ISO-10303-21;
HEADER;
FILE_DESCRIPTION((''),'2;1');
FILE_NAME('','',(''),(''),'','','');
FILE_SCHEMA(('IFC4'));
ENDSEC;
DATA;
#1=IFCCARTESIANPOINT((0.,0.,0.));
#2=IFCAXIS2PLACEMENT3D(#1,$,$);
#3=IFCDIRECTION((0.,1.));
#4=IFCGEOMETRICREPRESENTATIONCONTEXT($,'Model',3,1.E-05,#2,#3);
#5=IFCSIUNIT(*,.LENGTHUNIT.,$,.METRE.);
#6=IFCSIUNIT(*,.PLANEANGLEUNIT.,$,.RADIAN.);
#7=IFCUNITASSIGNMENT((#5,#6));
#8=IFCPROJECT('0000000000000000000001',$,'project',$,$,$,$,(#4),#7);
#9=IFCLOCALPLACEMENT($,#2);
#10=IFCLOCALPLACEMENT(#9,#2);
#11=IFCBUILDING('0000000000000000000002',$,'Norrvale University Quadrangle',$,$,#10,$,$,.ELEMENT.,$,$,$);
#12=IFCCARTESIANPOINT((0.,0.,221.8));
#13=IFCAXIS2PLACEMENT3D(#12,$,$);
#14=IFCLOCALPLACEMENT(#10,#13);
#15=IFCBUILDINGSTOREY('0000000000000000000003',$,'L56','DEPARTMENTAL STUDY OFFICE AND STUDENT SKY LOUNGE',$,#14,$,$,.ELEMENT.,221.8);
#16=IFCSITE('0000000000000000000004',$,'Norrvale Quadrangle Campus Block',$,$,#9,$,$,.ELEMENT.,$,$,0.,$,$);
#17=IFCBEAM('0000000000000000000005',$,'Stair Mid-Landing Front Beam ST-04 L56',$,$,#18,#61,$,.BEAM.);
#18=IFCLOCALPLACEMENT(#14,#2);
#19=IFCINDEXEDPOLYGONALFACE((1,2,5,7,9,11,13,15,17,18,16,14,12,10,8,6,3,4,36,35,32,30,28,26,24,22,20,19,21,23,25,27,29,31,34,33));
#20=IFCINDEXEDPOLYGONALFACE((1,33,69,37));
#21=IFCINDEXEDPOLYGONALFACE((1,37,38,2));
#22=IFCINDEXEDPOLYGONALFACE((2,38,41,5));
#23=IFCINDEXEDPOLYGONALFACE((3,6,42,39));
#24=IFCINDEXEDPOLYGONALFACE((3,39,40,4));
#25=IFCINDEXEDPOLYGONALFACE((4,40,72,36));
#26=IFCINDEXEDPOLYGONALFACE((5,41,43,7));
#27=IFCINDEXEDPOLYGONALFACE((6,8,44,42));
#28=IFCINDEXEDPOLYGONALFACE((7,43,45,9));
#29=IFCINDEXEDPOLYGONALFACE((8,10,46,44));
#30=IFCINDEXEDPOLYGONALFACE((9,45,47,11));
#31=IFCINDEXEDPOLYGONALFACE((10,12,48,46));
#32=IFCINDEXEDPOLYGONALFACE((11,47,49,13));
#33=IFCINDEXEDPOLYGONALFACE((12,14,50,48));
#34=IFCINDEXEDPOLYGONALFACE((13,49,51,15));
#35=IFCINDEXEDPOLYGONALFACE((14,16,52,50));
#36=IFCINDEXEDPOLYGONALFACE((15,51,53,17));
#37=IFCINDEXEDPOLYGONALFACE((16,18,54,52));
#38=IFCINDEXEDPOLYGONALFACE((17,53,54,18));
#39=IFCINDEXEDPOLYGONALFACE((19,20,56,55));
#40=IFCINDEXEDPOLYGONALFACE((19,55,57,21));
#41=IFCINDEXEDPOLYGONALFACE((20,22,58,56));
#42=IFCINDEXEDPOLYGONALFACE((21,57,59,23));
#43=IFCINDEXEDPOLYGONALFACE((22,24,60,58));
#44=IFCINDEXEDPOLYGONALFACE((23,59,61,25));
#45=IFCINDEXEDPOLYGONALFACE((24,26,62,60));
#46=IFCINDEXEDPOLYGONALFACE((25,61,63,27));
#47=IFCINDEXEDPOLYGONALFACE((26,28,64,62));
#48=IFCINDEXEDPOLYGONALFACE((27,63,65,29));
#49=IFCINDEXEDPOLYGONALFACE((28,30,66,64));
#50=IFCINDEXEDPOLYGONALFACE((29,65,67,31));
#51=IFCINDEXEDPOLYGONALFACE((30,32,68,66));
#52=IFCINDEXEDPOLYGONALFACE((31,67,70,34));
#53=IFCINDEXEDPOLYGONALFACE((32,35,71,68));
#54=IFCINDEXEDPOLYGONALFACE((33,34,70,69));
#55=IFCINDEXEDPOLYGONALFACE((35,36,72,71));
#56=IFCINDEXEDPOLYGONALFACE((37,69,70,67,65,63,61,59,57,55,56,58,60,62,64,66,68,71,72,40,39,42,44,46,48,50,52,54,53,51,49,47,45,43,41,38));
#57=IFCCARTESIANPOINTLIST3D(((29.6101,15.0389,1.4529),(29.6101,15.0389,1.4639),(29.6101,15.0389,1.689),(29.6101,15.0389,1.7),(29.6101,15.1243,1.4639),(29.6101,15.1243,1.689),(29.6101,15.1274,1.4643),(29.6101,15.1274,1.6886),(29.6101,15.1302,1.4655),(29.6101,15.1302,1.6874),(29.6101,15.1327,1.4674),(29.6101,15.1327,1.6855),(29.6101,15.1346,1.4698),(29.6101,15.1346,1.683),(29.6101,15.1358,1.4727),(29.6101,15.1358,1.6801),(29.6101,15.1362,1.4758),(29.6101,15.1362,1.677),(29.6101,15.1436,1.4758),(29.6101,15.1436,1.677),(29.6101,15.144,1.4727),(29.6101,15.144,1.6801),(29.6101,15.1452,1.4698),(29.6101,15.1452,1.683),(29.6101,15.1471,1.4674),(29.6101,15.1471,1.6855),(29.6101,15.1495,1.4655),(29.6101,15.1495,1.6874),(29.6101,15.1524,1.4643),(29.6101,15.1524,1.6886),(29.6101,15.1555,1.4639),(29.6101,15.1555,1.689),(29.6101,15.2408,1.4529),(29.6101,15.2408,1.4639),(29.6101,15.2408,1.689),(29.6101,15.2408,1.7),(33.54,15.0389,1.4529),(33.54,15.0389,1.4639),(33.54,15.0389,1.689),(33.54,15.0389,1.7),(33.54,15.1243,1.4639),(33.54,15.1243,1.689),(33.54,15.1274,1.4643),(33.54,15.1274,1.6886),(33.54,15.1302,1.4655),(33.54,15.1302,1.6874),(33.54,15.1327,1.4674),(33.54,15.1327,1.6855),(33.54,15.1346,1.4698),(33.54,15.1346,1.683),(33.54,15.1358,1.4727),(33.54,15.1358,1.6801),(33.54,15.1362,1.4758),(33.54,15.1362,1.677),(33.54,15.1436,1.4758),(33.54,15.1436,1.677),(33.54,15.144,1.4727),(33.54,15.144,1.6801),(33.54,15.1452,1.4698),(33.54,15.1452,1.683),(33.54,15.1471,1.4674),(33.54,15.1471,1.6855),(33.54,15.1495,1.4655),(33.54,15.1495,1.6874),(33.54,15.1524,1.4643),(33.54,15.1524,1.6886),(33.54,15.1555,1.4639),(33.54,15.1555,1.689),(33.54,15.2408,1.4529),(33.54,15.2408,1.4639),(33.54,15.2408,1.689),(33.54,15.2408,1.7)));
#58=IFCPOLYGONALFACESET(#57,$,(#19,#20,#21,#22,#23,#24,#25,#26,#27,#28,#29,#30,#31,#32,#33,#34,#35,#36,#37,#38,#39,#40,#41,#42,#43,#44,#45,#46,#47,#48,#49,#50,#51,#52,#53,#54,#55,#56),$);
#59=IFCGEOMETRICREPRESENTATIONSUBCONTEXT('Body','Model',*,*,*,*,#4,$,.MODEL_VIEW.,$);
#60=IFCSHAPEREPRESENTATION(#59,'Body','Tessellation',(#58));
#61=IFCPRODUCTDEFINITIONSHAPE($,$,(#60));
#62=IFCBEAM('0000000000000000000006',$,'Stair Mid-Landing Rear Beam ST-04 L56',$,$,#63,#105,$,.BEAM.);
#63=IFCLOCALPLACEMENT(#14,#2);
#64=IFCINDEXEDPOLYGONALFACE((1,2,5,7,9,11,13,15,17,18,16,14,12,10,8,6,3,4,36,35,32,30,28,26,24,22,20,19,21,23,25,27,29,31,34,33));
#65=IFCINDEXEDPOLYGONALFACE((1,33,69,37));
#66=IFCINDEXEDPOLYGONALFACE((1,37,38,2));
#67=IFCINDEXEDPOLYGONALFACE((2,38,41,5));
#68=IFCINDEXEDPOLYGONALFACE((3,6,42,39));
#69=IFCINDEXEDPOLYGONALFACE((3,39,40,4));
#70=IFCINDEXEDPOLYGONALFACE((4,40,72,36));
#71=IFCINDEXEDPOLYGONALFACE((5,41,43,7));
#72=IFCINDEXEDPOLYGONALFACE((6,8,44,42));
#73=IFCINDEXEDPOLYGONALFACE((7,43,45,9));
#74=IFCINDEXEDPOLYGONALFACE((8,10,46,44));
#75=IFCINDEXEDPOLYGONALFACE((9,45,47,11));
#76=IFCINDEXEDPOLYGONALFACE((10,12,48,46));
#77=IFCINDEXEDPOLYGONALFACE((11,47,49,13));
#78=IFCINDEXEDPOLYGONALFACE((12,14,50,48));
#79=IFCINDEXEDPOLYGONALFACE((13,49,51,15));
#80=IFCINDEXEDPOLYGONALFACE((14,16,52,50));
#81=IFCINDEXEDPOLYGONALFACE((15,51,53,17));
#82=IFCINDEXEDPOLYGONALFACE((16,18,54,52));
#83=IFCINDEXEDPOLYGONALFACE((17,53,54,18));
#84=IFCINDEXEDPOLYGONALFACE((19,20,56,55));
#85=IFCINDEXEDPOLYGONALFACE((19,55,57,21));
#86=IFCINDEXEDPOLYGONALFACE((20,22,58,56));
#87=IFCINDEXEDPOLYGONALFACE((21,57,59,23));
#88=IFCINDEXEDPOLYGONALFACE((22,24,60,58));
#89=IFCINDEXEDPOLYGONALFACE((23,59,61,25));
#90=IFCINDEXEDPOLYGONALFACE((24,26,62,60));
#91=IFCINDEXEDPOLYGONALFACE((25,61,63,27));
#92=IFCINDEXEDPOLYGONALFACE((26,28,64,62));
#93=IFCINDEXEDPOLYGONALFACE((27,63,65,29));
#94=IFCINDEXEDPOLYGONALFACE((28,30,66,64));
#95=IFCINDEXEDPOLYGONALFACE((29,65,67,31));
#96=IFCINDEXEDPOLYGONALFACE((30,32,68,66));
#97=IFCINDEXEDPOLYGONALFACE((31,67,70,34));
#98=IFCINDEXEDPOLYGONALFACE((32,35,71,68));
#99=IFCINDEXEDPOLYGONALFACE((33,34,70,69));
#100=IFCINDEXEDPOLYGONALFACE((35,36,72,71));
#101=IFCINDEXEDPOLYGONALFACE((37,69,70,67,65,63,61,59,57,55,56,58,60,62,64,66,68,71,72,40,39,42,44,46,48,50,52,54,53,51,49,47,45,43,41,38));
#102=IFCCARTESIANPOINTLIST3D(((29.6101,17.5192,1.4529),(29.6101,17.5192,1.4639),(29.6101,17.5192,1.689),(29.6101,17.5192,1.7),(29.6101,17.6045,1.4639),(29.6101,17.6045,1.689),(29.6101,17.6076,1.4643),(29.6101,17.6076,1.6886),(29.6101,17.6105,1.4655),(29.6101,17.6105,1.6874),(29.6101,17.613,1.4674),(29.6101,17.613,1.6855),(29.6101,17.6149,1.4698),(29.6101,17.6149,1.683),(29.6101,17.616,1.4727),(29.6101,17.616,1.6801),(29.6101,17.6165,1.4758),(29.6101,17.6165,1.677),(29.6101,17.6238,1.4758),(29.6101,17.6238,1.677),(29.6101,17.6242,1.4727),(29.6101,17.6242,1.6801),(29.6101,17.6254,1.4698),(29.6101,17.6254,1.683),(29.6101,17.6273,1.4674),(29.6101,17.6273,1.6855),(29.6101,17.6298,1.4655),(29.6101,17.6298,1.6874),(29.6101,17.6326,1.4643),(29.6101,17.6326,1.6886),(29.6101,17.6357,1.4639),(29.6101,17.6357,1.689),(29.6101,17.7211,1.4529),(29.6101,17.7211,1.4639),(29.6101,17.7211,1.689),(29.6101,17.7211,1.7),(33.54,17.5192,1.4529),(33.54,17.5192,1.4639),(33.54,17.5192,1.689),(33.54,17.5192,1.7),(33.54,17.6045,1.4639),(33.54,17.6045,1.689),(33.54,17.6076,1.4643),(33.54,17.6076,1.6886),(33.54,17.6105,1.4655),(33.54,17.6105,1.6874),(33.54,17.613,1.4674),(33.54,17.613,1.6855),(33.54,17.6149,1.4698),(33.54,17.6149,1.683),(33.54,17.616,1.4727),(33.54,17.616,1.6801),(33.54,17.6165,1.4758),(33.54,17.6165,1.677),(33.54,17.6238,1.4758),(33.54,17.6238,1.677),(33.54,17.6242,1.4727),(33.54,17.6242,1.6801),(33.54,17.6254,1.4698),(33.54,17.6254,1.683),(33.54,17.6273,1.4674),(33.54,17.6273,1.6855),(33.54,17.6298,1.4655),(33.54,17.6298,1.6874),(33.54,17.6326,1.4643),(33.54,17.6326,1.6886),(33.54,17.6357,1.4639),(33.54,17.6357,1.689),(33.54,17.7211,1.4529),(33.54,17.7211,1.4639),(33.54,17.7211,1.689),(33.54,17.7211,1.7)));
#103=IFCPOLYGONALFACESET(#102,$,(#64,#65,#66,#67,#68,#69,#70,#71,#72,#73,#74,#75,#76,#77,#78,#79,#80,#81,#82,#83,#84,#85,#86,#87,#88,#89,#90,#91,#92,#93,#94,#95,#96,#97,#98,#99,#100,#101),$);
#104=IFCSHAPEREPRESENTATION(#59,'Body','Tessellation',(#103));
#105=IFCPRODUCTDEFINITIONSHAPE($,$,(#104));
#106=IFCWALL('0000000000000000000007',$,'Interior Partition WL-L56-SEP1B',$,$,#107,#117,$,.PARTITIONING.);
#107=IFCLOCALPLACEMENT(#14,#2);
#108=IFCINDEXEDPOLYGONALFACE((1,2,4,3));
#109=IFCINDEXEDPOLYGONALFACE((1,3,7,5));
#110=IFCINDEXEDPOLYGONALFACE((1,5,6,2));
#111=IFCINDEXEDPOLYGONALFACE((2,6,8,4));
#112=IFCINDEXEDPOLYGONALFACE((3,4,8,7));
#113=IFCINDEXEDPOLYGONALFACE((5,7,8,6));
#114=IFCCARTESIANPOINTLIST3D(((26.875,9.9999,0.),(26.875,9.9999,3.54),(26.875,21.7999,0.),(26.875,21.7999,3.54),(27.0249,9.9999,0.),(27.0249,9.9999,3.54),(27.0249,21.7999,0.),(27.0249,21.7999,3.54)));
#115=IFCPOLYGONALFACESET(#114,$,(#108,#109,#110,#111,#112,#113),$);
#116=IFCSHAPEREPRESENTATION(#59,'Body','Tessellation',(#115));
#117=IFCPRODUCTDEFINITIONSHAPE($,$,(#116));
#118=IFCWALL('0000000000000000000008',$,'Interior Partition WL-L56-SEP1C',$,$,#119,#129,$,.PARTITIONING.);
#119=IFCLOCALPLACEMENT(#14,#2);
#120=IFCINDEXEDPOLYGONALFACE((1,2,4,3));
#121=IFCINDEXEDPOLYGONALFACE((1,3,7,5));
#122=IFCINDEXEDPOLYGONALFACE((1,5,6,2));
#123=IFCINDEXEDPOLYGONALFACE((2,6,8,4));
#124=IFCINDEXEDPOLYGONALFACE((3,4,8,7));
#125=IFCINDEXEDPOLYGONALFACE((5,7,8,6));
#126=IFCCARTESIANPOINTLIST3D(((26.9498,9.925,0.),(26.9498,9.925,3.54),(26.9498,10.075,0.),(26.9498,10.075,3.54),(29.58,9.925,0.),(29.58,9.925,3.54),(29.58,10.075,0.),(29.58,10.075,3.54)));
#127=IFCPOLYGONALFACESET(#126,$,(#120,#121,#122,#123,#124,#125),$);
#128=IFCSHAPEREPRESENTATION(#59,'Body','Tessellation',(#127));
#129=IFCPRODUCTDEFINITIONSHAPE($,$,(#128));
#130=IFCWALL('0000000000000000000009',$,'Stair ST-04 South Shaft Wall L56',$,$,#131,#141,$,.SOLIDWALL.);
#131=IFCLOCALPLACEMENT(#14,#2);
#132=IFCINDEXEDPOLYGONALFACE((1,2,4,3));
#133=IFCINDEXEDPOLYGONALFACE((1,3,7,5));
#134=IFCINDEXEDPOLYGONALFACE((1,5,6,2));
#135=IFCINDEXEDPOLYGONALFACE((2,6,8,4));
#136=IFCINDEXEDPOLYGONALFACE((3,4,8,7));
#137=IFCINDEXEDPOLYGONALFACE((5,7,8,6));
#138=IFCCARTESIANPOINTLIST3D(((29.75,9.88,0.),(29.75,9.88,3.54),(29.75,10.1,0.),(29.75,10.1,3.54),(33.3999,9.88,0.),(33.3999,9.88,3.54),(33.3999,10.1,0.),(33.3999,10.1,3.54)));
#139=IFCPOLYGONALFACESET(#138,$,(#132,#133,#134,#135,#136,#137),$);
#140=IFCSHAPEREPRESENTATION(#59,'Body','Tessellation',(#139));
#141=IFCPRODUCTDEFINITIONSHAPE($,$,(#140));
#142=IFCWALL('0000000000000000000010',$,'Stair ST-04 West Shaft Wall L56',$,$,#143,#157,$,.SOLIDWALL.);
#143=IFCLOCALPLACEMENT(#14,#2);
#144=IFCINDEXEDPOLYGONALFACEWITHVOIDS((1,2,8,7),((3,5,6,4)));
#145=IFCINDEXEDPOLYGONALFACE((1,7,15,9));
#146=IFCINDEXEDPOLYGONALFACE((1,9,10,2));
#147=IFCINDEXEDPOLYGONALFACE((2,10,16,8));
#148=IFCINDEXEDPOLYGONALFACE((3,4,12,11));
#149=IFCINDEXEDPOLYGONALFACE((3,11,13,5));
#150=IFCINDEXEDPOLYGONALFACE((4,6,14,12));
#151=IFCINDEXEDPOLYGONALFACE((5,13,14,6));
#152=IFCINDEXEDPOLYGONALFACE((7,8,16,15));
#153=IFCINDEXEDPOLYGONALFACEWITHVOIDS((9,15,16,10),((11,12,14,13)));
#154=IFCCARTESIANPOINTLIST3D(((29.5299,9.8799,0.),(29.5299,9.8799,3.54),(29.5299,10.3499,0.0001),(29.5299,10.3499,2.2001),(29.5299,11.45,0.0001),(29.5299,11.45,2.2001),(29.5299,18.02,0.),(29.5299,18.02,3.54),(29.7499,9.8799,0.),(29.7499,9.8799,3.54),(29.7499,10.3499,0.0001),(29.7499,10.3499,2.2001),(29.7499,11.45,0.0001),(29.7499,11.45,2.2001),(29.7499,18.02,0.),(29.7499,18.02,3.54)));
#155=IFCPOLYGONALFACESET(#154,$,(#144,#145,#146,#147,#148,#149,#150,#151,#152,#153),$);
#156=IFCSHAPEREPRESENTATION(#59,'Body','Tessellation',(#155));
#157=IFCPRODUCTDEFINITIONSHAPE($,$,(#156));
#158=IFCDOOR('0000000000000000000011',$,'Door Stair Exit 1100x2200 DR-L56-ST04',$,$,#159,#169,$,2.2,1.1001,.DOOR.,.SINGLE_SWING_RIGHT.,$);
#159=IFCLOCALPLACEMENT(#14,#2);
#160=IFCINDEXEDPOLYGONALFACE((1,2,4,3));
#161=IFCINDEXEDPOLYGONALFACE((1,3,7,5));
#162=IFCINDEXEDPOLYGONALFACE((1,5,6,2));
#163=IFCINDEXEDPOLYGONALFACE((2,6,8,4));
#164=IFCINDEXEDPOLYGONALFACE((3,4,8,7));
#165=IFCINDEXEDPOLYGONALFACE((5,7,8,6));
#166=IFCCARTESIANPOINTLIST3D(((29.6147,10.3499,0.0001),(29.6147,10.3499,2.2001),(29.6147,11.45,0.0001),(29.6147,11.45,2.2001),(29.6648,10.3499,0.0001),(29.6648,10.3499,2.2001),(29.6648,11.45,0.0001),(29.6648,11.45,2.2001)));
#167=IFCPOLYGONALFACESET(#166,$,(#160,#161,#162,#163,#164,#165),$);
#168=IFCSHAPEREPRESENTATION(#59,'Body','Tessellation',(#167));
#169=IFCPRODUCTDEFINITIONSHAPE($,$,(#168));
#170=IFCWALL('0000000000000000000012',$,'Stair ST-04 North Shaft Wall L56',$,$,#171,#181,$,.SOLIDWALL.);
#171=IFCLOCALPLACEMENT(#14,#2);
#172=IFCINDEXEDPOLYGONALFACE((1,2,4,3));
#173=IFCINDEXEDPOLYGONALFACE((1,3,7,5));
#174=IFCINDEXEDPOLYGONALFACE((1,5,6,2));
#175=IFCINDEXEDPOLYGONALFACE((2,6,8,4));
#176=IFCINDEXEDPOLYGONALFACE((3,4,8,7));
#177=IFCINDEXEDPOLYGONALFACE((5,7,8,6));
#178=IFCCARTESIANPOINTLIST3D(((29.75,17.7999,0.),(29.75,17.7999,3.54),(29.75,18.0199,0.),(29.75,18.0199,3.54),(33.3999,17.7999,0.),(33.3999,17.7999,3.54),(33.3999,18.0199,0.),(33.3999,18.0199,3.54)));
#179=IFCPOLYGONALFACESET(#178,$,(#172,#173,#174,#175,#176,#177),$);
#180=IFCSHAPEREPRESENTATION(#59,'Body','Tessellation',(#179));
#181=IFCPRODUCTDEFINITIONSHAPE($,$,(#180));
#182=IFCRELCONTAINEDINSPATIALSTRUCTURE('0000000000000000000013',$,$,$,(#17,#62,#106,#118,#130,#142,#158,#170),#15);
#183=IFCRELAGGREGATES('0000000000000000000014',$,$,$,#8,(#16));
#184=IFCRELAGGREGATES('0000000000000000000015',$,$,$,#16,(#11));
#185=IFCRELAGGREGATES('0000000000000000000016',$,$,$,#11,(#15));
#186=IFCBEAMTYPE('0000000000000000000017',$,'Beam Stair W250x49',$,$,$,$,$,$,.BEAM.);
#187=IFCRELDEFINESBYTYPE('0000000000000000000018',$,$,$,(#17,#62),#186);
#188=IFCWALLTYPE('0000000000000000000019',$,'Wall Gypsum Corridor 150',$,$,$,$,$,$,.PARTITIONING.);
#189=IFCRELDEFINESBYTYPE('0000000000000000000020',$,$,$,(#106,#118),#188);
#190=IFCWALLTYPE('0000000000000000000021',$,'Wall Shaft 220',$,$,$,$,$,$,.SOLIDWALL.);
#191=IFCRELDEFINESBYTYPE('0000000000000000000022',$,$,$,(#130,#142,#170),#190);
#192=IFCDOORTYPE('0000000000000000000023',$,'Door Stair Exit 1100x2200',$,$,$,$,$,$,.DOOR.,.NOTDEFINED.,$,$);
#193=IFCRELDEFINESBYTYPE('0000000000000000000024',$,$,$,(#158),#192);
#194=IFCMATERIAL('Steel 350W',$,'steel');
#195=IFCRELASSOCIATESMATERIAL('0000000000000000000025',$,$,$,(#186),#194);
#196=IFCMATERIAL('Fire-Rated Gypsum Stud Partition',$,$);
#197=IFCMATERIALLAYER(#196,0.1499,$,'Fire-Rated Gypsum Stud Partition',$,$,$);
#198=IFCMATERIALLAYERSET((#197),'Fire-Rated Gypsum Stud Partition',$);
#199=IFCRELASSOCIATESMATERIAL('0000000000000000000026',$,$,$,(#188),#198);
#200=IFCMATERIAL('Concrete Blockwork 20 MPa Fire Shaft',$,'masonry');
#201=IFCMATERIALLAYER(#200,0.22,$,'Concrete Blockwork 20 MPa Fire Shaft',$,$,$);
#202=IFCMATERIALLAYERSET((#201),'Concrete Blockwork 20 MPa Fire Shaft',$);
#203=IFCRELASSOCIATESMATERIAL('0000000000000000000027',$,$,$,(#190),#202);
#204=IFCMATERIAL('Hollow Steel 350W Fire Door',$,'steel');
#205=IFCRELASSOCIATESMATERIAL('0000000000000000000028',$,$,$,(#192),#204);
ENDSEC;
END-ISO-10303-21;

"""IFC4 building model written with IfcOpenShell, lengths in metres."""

from ifc_helpers import new_model, si_unit, direction, frame, frame_2d, origin, origin_2d, place, context, subcontext, project, spatial, rectangle, i_section, extrude, material, layer, layer_set, material_profile, profile_set, type_object, element, fill, save


model = new_model("IFC4")

# Units and contexts
model_context = context("Model", 3, precision=1e-05, world=origin(), true_north=direction((0.0, 1.0)))
body_context = subcontext(model_context, "Body", "Model", "MODEL_VIEW")
ifc_project = project(units=[si_unit("LENGTHUNIT", "METRE"), si_unit("PLANEANGLEUNIT", "RADIAN")], contexts=[model_context])

# Site, building, storey
site_placement = place(None, origin())
site = spatial("IfcSite", under=ifc_project, at=site_placement, Name="Norrvale Quadrangle Campus Block", CompositionType="ELEMENT", RefElevation=0.0)
building_placement = place(site_placement, origin())
building = spatial("IfcBuilding", under=site, at=building_placement, Name="Norrvale University Quadrangle", CompositionType="ELEMENT")
storey_placement = place(building_placement, frame((0.0, 0.0, 221.8)))
storey = spatial("IfcBuildingStorey", under=building, at=storey_placement, Name="L56", Description="DEPARTMENTAL STUDY OFFICE AND STUDENT SKY LOUNGE", CompositionType="ELEMENT", Elevation=221.8)

# Beams
ifc_material_1 = material(Name="Steel 350W", Category="steel")
ifc_material_profile_1 = material_profile(ifc_material_1, i_section(OverallWidth=0.2019, OverallDepth=0.2471, WebThickness=0.0073, FlangeThickness=0.011, FilletRadius=0.012, at=origin_2d()), Name="Steel 350W")
ifc_profile_set_1 = profile_set([ifc_material_profile_1], Name="Steel 350W")
beam_type_1 = type_object("IfcBeamType", Name="Beam Stair W250x49", PredefinedType="BEAM", material=ifc_profile_set_1)
for number, where, z_axis, x_axis, name in (
    (1, (29.6101, 15.1399, 1.5764), (1.0, 0.0, 0.0), (0.0, 1.0, 0.0), "Stair Mid-Landing Front Beam ST-04 L56"),
    (2, (29.6101, 17.6201, 1.5764), (1.0, 0.0, 0.0), (0.0, 1.0, 0.0), "Stair Mid-Landing Rear Beam ST-04 L56"),
):
    element("IfcBeam", number, at=place(storey_placement, frame(where, z_axis=z_axis, x_axis=x_axis)), inside=storey, type_object=beam_type_1, Name=name, PredefinedType="BEAM", context=body_context, shape_type="SweptSolid", body=[
        extrude(i_section(OverallWidth=0.2019, OverallDepth=0.2471, WebThickness=0.0073, FlangeThickness=0.011, FilletRadius=0.012, at=origin_2d()), origin(), (0.0, 0.0, 1.0), 3.9299),
    ])

# Walls
ifc_material_2 = material(Name="Fire-Rated Gypsum Stud Partition")
ifc_layer_1 = layer(ifc_material_2, 0.1499, Name="Fire-Rated Gypsum Stud Partition")
ifc_layer_set_1 = layer_set([ifc_layer_1], Name="Fire-Rated Gypsum Stud Partition")
wall_type_1 = type_object("IfcWallType", Name="Wall Gypsum Corridor 150", PredefinedType="PARTITIONING", material=ifc_layer_set_1)
wall_1_placement = place(storey_placement, frame((26.95, 10.0, 0.0), z_axis=(0.0, 0.0, 1.0), x_axis=(0.0, 1.0, 0.0)))
element("IfcWall", 3, at=wall_1_placement, inside=storey, type_object=wall_type_1, Name="Interior Partition WL-L56-SEP1B", PredefinedType="PARTITIONING", context=body_context, shape_type="SweptSolid", body=[
    extrude(rectangle(XDim=11.8, YDim=0.1499, at=frame_2d((5.8999, 0.0))), origin(), (0.0, 0.0, 1.0), 3.54),
])
wall_2_placement = place(storey_placement, frame((26.95, 10.0, 0.0), z_axis=(0.0, 0.0, 1.0), x_axis=(1.0, 0.0, 0.0)))
element("IfcWall", 4, at=wall_2_placement, inside=storey, type_object=wall_type_1, Name="Interior Partition WL-L56-SEP1C", PredefinedType="PARTITIONING", context=body_context, shape_type="SweptSolid", body=[
    extrude(rectangle(XDim=2.6301, YDim=0.1499, at=frame_2d((1.3149, 0.0))), origin(), (0.0, 0.0, 1.0), 3.54),
])
ifc_material_3 = material(Name="Concrete Blockwork 20 MPa Fire Shaft", Category="masonry")
ifc_layer_2 = layer(ifc_material_3, 0.22, Name="Concrete Blockwork 20 MPa Fire Shaft")
ifc_layer_set_2 = layer_set([ifc_layer_2], Name="Concrete Blockwork 20 MPa Fire Shaft")
wall_type_2 = type_object("IfcWallType", Name="Wall Shaft 220", PredefinedType="SOLIDWALL", material=ifc_layer_set_2)
wall_3_placement = place(storey_placement, frame((29.75, 9.99, 0.0), z_axis=(0.0, 0.0, 1.0), x_axis=(1.0, 0.0, 0.0)))
element("IfcWall", 5, at=wall_3_placement, inside=storey, type_object=wall_type_2, Name="Stair ST-04 South Shaft Wall L56", PredefinedType="SOLIDWALL", context=body_context, shape_type="SweptSolid", body=[
    extrude(rectangle(XDim=3.6499, YDim=0.22, at=frame_2d((1.825, 0.0))), origin(), (0.0, 0.0, 1.0), 3.54),
])

# Wall, opening, door
wall_4_placement = place(storey_placement, frame((29.6399, 9.8799, 0.0), z_axis=(0.0, 0.0, 1.0), x_axis=(0.0, 1.0, 0.0)))
wall_4 = element("IfcWall", 6, at=wall_4_placement, inside=storey, type_object=wall_type_2, Name="Stair ST-04 West Shaft Wall L56", PredefinedType="SOLIDWALL", context=body_context, shape_type="SweptSolid", body=[
    extrude(rectangle(XDim=8.1401, YDim=0.22, at=frame_2d((4.0701, 0.0))), origin(), (0.0, 0.0, 1.0), 3.54),
])
opening_placement = place(wall_4_placement, frame((0.47, 0.0, 0.0)))
opening = element("IfcOpeningElement", 7, at=opening_placement, cuts=wall_4, PredefinedType="OPENING", context=body_context, shape_type="SweptSolid", body=[
    extrude(rectangle(XDim=1.1001, YDim=2.2, at=frame_2d((0.55, 1.1001))), frame((0.0, 0.1221, 0.0), z_axis=(0.0, -1.0, 0.0), x_axis=(1.0, 0.0, 0.0)), (0.0, 0.0, 1.0), 0.2439),
])
ifc_material_4 = material(Name="Hollow Steel 350W Fire Door", Category="steel")
door_type = type_object("IfcDoorType", Name="Door Stair Exit 1100x2200", OperationType="NOTDEFINED", PredefinedType="DOOR", material=ifc_material_4)
door_placement = place(opening_placement, frame((1.1001, 0.0, 0.0), z_axis=(0.0, 0.0, 1.0), x_axis=(-1.0, 0.0, 0.0)))
door = element("IfcDoor", 8, at=door_placement, inside=storey, type_object=door_type, Name="Door Stair Exit 1100x2200 DR-L56-ST04", OperationType="SINGLE_SWING_RIGHT", OverallHeight=2.2, OverallWidth=1.1001, PredefinedType="DOOR", context=body_context, shape_type="SweptSolid", body=[
    extrude(rectangle(XDim=1.1001, YDim=2.2, at=frame_2d((0.55, 1.1001))), frame((0.0, 0.0249, 0.0), z_axis=(0.0, -1.0, 0.0), x_axis=(1.0, 0.0, 0.0)), (0.0, 0.0, 1.0), 0.05),
])
fill(opening, door)

# Wall
wall_5_placement = place(storey_placement, frame((29.75, 17.9099, 0.0), z_axis=(0.0, 0.0, 1.0), x_axis=(1.0, 0.0, 0.0)))
element("IfcWall", 9, at=wall_5_placement, inside=storey, type_object=wall_type_2, Name="Stair ST-04 North Shaft Wall L56", PredefinedType="SOLIDWALL", context=body_context, shape_type="SweptSolid", body=[
    extrude(rectangle(XDim=3.6499, YDim=0.22, at=frame_2d((1.825, 0.0))), origin(), (0.0, 0.0, 1.0), 3.54),
])

save(model, "model.ifc")
